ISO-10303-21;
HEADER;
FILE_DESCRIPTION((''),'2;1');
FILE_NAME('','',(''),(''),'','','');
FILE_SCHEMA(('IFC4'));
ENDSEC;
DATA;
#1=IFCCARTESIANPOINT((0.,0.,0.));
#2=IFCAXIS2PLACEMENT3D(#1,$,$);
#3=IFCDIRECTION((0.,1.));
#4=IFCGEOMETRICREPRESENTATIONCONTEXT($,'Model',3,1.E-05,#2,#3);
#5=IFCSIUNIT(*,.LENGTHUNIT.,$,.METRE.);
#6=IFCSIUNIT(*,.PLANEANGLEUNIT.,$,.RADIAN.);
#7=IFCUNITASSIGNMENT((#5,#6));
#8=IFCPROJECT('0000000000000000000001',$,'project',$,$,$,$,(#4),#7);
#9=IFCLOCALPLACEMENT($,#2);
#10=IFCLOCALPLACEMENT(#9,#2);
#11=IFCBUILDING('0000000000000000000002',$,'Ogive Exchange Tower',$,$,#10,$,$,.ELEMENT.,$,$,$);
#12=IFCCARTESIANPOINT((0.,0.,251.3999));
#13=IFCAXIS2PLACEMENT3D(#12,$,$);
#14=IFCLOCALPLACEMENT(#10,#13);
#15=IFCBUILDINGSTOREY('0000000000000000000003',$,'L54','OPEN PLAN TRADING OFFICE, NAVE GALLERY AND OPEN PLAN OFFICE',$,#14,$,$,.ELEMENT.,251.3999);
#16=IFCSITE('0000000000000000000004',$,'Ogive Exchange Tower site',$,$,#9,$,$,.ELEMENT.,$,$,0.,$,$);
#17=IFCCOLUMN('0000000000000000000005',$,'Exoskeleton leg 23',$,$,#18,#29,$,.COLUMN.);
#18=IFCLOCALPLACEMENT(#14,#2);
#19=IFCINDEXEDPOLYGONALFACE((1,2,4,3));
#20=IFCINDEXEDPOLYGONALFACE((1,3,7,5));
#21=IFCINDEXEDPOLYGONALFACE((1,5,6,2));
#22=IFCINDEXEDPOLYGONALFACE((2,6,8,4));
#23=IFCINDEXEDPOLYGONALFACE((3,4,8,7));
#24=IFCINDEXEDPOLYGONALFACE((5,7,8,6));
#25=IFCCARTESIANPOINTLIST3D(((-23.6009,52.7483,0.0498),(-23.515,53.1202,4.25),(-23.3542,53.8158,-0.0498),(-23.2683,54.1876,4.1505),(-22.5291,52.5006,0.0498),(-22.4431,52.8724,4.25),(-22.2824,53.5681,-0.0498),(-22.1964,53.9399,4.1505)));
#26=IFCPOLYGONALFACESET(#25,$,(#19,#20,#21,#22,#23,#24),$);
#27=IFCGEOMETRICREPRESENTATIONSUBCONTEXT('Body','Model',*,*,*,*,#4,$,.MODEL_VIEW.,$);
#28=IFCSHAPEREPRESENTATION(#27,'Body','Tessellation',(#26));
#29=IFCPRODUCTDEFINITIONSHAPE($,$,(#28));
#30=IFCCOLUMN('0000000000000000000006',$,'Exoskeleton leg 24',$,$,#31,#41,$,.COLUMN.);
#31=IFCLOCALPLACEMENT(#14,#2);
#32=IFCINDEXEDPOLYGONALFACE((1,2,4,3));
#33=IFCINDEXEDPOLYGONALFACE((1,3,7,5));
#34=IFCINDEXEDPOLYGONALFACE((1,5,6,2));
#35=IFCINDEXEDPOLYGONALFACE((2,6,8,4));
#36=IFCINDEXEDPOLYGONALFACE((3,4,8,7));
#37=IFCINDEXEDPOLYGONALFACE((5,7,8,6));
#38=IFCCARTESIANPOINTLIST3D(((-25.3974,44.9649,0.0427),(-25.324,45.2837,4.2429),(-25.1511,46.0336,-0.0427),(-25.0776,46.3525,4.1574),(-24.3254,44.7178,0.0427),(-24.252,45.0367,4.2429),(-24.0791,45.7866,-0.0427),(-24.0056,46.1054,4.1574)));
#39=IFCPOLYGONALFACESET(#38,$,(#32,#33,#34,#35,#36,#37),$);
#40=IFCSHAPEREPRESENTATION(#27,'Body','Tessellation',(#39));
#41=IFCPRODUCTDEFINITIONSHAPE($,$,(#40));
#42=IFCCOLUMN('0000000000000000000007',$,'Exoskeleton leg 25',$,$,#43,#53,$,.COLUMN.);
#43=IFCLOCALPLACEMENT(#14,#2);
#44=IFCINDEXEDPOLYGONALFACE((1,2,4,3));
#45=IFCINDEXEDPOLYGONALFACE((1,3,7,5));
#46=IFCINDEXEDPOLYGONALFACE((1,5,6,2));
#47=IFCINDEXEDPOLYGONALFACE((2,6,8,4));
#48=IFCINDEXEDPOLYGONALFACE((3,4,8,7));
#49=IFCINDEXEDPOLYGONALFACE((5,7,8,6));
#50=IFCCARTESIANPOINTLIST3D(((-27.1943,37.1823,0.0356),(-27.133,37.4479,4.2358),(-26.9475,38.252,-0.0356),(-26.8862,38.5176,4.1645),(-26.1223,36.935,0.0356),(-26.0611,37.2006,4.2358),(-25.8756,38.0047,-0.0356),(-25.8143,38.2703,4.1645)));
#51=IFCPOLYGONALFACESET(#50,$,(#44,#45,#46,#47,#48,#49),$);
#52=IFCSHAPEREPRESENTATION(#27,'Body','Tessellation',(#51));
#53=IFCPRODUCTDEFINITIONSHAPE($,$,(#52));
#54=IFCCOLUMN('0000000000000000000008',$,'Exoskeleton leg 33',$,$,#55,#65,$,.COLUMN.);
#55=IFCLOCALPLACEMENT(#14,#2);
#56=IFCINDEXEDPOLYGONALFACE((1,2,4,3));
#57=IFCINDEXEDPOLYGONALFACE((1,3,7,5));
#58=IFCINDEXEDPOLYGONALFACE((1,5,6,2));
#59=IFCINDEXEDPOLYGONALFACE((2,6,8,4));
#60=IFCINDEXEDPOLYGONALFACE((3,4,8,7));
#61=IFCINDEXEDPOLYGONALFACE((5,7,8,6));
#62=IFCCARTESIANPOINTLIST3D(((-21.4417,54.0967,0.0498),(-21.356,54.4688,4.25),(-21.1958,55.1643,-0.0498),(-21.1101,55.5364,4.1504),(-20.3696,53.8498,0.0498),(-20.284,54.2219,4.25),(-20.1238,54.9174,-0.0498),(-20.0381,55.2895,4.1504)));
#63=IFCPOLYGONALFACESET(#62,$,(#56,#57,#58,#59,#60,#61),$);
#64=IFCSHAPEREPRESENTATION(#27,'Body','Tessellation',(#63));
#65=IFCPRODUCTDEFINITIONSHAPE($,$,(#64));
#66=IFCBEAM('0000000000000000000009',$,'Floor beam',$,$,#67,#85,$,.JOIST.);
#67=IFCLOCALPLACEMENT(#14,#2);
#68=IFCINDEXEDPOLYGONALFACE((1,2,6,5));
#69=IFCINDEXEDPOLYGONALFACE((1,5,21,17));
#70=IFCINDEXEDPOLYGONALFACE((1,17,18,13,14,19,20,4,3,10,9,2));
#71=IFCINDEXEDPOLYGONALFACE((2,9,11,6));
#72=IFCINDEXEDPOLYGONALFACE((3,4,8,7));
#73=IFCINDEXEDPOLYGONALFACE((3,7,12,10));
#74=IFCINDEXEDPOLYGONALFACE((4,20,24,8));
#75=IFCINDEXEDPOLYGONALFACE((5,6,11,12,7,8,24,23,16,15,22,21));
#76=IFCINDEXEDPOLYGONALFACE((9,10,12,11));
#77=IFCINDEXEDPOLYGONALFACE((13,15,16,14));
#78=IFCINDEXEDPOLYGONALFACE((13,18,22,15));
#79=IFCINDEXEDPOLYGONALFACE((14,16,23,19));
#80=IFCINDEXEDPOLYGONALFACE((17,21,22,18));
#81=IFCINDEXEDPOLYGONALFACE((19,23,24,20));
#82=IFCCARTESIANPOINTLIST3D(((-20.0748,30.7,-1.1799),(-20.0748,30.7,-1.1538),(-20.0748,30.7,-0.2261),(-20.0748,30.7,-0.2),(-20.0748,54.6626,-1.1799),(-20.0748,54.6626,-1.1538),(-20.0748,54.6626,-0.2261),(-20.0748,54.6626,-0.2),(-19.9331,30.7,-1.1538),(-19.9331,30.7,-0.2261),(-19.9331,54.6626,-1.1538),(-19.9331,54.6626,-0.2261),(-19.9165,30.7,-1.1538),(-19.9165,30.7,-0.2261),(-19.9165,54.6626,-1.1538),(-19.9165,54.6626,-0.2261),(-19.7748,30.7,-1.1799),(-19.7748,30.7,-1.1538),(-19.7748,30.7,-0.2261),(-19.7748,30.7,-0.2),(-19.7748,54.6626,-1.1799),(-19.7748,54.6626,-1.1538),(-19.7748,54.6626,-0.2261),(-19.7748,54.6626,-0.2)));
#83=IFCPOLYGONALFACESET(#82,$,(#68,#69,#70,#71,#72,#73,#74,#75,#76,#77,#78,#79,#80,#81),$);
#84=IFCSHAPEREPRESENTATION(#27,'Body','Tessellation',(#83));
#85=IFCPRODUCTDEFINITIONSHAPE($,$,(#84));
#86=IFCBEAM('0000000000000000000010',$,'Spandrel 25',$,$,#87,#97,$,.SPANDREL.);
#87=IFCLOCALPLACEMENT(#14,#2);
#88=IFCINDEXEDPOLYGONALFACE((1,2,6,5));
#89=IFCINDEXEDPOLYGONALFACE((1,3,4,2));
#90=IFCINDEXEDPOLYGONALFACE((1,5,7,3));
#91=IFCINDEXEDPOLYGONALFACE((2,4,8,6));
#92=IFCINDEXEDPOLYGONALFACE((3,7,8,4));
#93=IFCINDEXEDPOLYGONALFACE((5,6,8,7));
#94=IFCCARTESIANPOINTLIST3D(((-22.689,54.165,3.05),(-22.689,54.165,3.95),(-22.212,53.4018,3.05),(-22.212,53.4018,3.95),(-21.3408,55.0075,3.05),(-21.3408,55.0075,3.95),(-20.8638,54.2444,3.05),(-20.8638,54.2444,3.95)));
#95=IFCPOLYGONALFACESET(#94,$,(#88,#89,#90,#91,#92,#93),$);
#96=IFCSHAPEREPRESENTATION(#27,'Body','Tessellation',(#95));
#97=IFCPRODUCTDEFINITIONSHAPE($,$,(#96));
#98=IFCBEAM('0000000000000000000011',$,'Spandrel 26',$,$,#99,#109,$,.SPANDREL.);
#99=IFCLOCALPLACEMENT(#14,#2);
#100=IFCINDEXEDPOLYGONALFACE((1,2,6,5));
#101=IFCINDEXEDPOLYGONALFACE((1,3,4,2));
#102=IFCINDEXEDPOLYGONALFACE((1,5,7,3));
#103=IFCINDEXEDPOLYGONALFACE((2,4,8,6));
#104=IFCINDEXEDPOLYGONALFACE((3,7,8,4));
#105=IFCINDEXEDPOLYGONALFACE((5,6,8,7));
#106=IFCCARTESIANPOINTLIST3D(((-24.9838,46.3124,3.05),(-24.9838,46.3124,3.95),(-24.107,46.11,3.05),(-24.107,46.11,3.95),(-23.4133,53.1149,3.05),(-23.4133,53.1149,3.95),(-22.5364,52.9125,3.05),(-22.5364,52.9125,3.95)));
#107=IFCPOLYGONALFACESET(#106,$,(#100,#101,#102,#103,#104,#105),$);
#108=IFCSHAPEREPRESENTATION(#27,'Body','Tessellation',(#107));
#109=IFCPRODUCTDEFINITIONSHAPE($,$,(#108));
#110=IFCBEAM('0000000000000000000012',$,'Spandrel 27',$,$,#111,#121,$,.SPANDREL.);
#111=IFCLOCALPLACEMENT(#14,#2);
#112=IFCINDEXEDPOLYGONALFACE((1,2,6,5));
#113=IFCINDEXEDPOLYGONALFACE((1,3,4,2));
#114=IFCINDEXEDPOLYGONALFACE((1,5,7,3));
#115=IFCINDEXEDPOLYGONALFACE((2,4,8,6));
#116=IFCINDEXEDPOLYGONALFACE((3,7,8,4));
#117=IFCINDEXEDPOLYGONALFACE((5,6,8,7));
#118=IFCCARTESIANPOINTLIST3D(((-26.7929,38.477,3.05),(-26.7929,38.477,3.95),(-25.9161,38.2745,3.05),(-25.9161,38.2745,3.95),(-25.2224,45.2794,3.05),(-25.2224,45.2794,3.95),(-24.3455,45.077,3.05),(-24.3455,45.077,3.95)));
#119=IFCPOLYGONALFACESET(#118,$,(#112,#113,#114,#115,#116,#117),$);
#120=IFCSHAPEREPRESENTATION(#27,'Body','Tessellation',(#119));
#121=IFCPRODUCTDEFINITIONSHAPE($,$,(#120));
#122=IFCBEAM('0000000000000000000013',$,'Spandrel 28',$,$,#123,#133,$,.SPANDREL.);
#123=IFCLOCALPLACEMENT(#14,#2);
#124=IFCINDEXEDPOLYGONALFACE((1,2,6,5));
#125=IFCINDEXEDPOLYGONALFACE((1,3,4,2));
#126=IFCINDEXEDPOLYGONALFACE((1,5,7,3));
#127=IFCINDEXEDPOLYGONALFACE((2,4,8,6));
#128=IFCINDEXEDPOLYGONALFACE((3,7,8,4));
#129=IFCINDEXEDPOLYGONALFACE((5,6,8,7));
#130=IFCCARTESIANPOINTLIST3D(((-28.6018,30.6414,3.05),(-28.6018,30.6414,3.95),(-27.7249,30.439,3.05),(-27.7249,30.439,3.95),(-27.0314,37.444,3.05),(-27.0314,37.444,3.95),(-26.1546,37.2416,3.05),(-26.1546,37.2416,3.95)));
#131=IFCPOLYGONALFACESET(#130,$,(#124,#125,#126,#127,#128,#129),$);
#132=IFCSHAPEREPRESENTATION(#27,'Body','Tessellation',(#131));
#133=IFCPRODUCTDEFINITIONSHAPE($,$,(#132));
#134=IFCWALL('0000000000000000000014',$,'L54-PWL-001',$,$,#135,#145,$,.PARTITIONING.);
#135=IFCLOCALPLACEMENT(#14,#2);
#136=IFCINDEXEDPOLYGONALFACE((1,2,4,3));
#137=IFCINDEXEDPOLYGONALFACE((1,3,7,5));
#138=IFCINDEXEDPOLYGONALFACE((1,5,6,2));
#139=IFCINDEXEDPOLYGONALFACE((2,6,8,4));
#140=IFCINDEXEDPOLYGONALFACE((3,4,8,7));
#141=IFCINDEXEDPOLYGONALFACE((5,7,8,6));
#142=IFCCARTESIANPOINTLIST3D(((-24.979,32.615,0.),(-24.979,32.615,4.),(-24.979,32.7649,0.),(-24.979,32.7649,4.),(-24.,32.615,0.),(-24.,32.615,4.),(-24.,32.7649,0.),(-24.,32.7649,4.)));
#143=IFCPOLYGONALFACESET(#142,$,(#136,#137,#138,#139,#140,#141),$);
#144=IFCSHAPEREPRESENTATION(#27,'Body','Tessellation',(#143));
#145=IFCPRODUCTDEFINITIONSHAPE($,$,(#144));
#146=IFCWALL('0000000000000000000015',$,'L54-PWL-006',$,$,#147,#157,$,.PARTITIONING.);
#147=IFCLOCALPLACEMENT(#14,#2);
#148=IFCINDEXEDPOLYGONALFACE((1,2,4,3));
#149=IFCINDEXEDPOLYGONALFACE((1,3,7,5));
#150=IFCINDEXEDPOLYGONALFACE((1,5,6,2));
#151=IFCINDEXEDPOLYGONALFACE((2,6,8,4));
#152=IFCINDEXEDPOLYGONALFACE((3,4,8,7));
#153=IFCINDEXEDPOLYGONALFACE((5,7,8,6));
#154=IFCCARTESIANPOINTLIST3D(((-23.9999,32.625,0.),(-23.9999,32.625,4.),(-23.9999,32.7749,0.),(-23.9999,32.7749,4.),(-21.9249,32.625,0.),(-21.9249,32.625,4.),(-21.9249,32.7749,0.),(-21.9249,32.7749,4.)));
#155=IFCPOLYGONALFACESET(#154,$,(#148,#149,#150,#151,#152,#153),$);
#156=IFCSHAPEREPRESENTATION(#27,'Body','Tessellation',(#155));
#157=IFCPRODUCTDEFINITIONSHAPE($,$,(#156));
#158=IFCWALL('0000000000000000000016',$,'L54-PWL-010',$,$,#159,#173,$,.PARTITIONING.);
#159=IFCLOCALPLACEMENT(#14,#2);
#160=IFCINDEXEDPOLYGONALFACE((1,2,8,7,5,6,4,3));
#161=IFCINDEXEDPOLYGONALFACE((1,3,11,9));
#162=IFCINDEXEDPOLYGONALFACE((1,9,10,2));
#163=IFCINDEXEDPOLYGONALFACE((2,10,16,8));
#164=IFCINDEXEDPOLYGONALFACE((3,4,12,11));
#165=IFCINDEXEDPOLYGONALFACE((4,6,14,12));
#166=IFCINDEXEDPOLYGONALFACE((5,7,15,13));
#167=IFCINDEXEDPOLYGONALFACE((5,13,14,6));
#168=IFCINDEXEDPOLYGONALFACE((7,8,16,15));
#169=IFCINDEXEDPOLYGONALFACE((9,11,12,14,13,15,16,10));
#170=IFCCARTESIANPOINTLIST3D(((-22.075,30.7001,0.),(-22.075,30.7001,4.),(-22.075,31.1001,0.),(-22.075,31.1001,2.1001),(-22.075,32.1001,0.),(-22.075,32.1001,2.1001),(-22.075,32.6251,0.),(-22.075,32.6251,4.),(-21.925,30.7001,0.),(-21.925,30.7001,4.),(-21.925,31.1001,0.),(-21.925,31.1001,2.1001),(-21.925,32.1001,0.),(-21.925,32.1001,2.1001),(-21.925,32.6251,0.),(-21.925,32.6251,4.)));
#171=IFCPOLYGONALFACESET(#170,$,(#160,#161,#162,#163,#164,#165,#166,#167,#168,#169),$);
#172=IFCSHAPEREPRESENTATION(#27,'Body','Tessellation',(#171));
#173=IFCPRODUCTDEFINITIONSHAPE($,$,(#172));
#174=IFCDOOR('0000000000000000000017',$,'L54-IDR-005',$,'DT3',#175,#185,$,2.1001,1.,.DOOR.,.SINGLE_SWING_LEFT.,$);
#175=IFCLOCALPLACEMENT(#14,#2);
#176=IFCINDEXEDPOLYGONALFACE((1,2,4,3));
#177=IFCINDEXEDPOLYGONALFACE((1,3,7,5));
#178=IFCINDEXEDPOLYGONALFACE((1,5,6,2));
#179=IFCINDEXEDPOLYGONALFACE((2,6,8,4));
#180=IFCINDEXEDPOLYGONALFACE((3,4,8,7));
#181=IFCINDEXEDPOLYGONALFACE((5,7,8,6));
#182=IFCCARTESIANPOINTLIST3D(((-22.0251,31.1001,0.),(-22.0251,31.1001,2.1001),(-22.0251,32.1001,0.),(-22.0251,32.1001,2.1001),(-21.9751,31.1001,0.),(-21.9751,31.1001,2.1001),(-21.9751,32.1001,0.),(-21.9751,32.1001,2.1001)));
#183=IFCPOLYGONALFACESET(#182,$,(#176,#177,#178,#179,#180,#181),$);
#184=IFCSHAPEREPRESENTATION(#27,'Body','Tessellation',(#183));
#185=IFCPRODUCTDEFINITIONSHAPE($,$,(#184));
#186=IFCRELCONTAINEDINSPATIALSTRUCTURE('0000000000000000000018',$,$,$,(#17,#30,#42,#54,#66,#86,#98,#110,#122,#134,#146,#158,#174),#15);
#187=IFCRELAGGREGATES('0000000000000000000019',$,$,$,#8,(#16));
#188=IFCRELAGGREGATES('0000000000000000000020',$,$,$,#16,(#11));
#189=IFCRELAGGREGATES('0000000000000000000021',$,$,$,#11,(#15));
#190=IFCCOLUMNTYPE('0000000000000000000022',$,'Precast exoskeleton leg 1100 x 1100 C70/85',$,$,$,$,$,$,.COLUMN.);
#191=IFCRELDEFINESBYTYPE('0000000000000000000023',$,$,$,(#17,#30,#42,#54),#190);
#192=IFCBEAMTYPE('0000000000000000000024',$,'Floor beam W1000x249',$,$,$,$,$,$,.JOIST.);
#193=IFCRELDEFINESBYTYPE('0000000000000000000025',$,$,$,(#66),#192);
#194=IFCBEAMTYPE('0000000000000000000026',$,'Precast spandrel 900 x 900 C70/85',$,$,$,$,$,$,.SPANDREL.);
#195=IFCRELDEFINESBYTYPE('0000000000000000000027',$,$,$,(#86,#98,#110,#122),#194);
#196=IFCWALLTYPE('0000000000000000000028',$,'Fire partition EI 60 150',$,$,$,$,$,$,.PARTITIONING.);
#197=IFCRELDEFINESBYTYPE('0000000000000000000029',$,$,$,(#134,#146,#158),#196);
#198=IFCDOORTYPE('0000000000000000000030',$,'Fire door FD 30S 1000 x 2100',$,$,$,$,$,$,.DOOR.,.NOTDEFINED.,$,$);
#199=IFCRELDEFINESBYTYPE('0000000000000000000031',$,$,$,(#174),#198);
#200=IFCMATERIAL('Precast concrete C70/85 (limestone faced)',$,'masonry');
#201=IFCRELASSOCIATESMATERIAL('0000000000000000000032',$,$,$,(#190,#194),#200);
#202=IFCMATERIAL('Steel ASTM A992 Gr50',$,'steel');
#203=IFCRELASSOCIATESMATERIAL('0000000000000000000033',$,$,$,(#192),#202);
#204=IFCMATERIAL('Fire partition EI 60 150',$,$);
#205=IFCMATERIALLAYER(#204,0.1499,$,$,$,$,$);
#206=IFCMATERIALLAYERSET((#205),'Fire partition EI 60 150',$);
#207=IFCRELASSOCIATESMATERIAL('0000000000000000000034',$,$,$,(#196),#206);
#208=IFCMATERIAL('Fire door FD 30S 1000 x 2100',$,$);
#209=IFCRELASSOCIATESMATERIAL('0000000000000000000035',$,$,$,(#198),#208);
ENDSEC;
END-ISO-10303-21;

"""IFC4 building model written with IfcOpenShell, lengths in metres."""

from ifc_helpers import new_model, si_unit, direction, frame, frame_2d, origin, origin_2d, place, context, subcontext, project, spatial, rectangle, i_section, extrude, material, layer, layer_set, material_profile, profile_set, type_object, element, fill, save


model = new_model("IFC4")

# Units and contexts
model_context = context("Model", 3, precision=1e-05, world=origin(), true_north=direction((0.0, 1.0)))
body_context = subcontext(model_context, "Body", "Model", "MODEL_VIEW")
ifc_project = project(units=[si_unit("LENGTHUNIT", "METRE"), si_unit("PLANEANGLEUNIT", "RADIAN")], contexts=[model_context])

# Site, building, storey
site_placement = place(None, origin())
site = spatial("IfcSite", under=ifc_project, at=site_placement, Name="Ogive Exchange Tower site", CompositionType="ELEMENT", RefElevation=0.0)
building_placement = place(site_placement, origin())
building = spatial("IfcBuilding", under=site, at=building_placement, Name="Ogive Exchange Tower", CompositionType="ELEMENT")
storey_placement = place(building_placement, frame((0.0, 0.0, 251.3999)))
storey = spatial("IfcBuildingStorey", under=building, at=storey_placement, Name="L54", Description="OPEN PLAN TRADING OFFICE, NAVE GALLERY AND OPEN PLAN OFFICE", CompositionType="ELEMENT", Elevation=251.3999)

# Columns
ifc_material_1 = material(Name="Precast concrete C70/85 (limestone faced)", Category="masonry")
ifc_material_profile_1 = material_profile(ifc_material_1, rectangle(XDim=1.1001, YDim=1.1001, at=origin_2d()), Name="1100 x 1100")
ifc_profile_set_1 = profile_set([ifc_material_profile_1], Name="Precast concrete C70/85 (limestone faced)")
column_type = type_object("IfcColumnType", Name="Precast exoskeleton leg 1100 x 1100 C70/85", PredefinedType="COLUMN", material=ifc_profile_set_1)
column_1_placement = place(storey_placement, frame((-22.9417, 53.1582, 0.0), z_axis=(0.020376, 0.088163, 0.995898), x_axis=(-0.974316, 0.225187, 0.0)))
element("IfcColumn", 1, at=column_1_placement, inside=storey, type_object=column_type, Name="Exoskeleton leg 23", PredefinedType="COLUMN", context=body_context, shape_type="SweptSolid", body=[
    extrude(rectangle(XDim=1.1001, YDim=1.1001, at=origin_2d()), origin(), (0.0, 0.0, 1.0), 4.2175),
])
column_2_placement = place(storey_placement, frame((-24.7383, 45.3757, 0.0), z_axis=(0.017443, 0.075683, 0.996979), x_axis=(-0.974454, 0.224587, 0.0)))
element("IfcColumn", 2, at=column_2_placement, inside=storey, type_object=column_type, Name="Exoskeleton leg 24", PredefinedType="COLUMN", context=body_context, shape_type="SweptSolid", body=[
    extrude(rectangle(XDim=1.1001, YDim=1.1001, at=origin_2d()), origin(), (0.0, 0.0, 1.0), 4.2129),
])
column_3_placement = place(storey_placement, frame((-26.5349, 37.5935, 0.0), z_axis=(0.014559, 0.063108, 0.9979), x_axis=(-0.974406, 0.224794, 0.0)))
element("IfcColumn", 3, at=column_3_placement, inside=storey, type_object=column_type, Name="Exoskeleton leg 25", PredefinedType="COLUMN", context=body_context, shape_type="SweptSolid", body=[
    extrude(rectangle(XDim=1.1001, YDim=1.1001, at=origin_2d()), origin(), (0.0, 0.0, 1.0), 4.209),
])
column_4_placement = place(storey_placement, frame((-20.7827, 54.5071, 0.0), z_axis=(0.020318, 0.08822, 0.995894), x_axis=(-0.974488, 0.224439, 0.0)))
element("IfcColumn", 4, at=column_4_placement, inside=storey, type_object=column_type, Name="Exoskeleton leg 33", PredefinedType="COLUMN", context=body_context, shape_type="SweptSolid", body=[
    extrude(rectangle(XDim=1.1001, YDim=1.1001, at=origin_2d()), origin(), (0.0, 0.0, 1.0), 4.2175),
])

# Beams
ifc_material_2 = material(Name="Steel ASTM A992 Gr50", Category="steel")
ifc_material_profile_2 = material_profile(ifc_material_2, i_section(OverallWidth=0.3, OverallDepth=0.98, WebThickness=0.0166, FlangeThickness=0.0261, at=origin_2d()), Name="W1000x249")
ifc_profile_set_2 = profile_set([ifc_material_profile_2], Name="Steel ASTM A992 Gr50")
beam_type_1 = type_object("IfcBeamType", Name="Floor beam W1000x249", PredefinedType="JOIST", material=ifc_profile_set_2)
beam_1_placement = place(storey_placement, frame((-19.9248, 30.7, -0.6899), z_axis=(0.0, 1.0, 0.0), x_axis=(-1.0, 0.0, 0.0)))
element("IfcBeam", 5, at=beam_1_placement, inside=storey, type_object=beam_type_1, Name="Floor beam", PredefinedType="JOIST", context=body_context, shape_type="SweptSolid", body=[
    extrude(i_section(OverallWidth=0.3, OverallDepth=0.98, WebThickness=0.0166, FlangeThickness=0.0261, at=origin_2d()), origin(), (0.0, 0.0, 1.0), 23.9626),
])
ifc_material_profile_3 = material_profile(ifc_material_1, rectangle(XDim=0.8999, YDim=0.8999, at=origin_2d()), Name="900 x 900")
ifc_profile_set_3 = profile_set([ifc_material_profile_3], Name="Precast concrete C70/85 (limestone faced)")
beam_type_2 = type_object("IfcBeamType", Name="Precast spandrel 900 x 900 C70/85", PredefinedType="SPANDREL", material=ifc_profile_set_3)
beam_2_placement = place(storey_placement, frame((-21.1023, 54.626, 3.5), z_axis=(-0.848016, -0.529971, 0.0), x_axis=(0.529971, -0.848016, 0.0)))
element("IfcBeam", 6, at=beam_2_placement, inside=storey, type_object=beam_type_2, Name="Spandrel 25", PredefinedType="SPANDREL", context=body_context, shape_type="SweptSolid", body=[
    extrude(rectangle(XDim=0.8999, YDim=0.8999, at=origin_2d()), origin(), (0.0, 0.0, 1.0), 1.5898),
])
for number, where, z_axis, x_axis, name in (
    (7, (-22.9749, 53.0137, 3.5), (-0.224962, -0.974368, 0.0), (0.974368, -0.224962, 0.0), "Spandrel 26"),
    (8, (-24.7839, 45.1782, 3.5), (-0.224962, -0.974368, 0.0), (0.974368, -0.224962, 0.0), "Spandrel 27"),
    (9, (-26.593, 37.3428, 3.5), (-0.224928, -0.974375, 0.0), (0.974375, -0.224928, 0.0), "Spandrel 28"),
):
    element("IfcBeam", number, at=place(storey_placement, frame(where, z_axis=z_axis, x_axis=x_axis)), inside=storey, type_object=beam_type_2, Name=name, PredefinedType="SPANDREL", context=body_context, shape_type="SweptSolid", body=[
        extrude(rectangle(XDim=0.8999, YDim=0.8999, at=origin_2d()), origin(), (0.0, 0.0, 1.0), 6.9814),
    ])

# Walls
ifc_material_3 = material(Name="Fire partition EI 60 150")
ifc_layer_1 = layer(ifc_material_3, 0.1499)
ifc_layer_set_1 = layer_set([ifc_layer_1], Name="Fire partition EI 60 150")
wall_type_1 = type_object("IfcWallType", Name="Fire partition EI 60 150", PredefinedType="PARTITIONING", material=ifc_layer_set_1)
wall_1_placement = place(storey_placement, frame((-24.979, 32.6899, 0.0), z_axis=(0.0, 0.0, 1.0), x_axis=(1.0, 0.0, 0.0)))
element("IfcWall", 10, at=wall_1_placement, inside=storey, type_object=wall_type_1, Name="L54-PWL-001", PredefinedType="PARTITIONING", context=body_context, shape_type="SweptSolid", body=[
    extrude(rectangle(XDim=0.979, YDim=0.1499, at=frame_2d((0.4895, 0.0))), origin(), (0.0, 0.0, 1.0), 4.0),
])
wall_2_placement = place(storey_placement, frame((-24.0, 32.7, 0.0), z_axis=(0.0, 0.0, 1.0), x_axis=(1.0, 0.0, 0.0)))
element("IfcWall", 11, at=wall_2_placement, inside=storey, type_object=wall_type_1, Name="L54-PWL-006", PredefinedType="PARTITIONING", context=body_context, shape_type="SweptSolid", body=[
    extrude(rectangle(XDim=2.075, YDim=0.1499, at=frame_2d((1.0376, 0.0))), origin(), (0.0, 0.0, 1.0), 4.0),
])

# Wall, opening, door
wall_3_placement = place(storey_placement, frame((-22.0, 32.625, 0.0), z_axis=(0.0, 0.0, 1.0), x_axis=(0.0, -1.0, 0.0)))
wall_3 = element("IfcWall", 12, at=wall_3_placement, inside=storey, type_object=wall_type_1, Name="L54-PWL-010", PredefinedType="PARTITIONING", context=body_context, shape_type="SweptSolid", body=[
    extrude(rectangle(XDim=1.925, YDim=0.1499, at=frame_2d((0.9624, 0.0))), origin(), (0.0, 0.0, 1.0), 4.0),
])
opening_1_placement = place(wall_3_placement, frame((0.5249, 0.0, 0.0)))
opening_1 = element("IfcOpeningElement", 13, at=opening_1_placement, cuts=wall_3, PredefinedType="OPENING", context=body_context, shape_type="SweptSolid", body=[
    extrude(rectangle(XDim=1.0, YDim=2.1001, at=frame_2d((0.5, 1.05))), frame((0.0, 0.085, 0.0), z_axis=(0.0, -1.0, 0.0), x_axis=(1.0, 0.0, 0.0)), (0.0, 0.0, 1.0), 0.1699),
])
ifc_material_4 = material(Name="Fire door FD 30S 1000 x 2100")
door_type_1 = type_object("IfcDoorType", Name="Fire door FD 30S 1000 x 2100", OperationType="NOTDEFINED", PredefinedType="DOOR", material=ifc_material_4)
door_1_placement = place(opening_1_placement, origin())
door_1 = element("IfcDoor", 14, at=door_1_placement, inside=storey, type_object=door_type_1, Name="L54-IDR-005", ObjectType="DT3", OperationType="SINGLE_SWING_LEFT", OverallHeight=2.1001, OverallWidth=1.0, PredefinedType="DOOR", context=body_context, shape_type="SweptSolid", body=[
    extrude(rectangle(XDim=1.0, YDim=2.1001, at=frame_2d((0.5, 1.05))), frame((0.0, 0.0249, 0.0), z_axis=(0.0, -1.0, 0.0), x_axis=(1.0, 0.0, 0.0)), (0.0, 0.0, 1.0), 0.05),
])
fill(opening_1, door_1)

save(model, "model.ifc")
